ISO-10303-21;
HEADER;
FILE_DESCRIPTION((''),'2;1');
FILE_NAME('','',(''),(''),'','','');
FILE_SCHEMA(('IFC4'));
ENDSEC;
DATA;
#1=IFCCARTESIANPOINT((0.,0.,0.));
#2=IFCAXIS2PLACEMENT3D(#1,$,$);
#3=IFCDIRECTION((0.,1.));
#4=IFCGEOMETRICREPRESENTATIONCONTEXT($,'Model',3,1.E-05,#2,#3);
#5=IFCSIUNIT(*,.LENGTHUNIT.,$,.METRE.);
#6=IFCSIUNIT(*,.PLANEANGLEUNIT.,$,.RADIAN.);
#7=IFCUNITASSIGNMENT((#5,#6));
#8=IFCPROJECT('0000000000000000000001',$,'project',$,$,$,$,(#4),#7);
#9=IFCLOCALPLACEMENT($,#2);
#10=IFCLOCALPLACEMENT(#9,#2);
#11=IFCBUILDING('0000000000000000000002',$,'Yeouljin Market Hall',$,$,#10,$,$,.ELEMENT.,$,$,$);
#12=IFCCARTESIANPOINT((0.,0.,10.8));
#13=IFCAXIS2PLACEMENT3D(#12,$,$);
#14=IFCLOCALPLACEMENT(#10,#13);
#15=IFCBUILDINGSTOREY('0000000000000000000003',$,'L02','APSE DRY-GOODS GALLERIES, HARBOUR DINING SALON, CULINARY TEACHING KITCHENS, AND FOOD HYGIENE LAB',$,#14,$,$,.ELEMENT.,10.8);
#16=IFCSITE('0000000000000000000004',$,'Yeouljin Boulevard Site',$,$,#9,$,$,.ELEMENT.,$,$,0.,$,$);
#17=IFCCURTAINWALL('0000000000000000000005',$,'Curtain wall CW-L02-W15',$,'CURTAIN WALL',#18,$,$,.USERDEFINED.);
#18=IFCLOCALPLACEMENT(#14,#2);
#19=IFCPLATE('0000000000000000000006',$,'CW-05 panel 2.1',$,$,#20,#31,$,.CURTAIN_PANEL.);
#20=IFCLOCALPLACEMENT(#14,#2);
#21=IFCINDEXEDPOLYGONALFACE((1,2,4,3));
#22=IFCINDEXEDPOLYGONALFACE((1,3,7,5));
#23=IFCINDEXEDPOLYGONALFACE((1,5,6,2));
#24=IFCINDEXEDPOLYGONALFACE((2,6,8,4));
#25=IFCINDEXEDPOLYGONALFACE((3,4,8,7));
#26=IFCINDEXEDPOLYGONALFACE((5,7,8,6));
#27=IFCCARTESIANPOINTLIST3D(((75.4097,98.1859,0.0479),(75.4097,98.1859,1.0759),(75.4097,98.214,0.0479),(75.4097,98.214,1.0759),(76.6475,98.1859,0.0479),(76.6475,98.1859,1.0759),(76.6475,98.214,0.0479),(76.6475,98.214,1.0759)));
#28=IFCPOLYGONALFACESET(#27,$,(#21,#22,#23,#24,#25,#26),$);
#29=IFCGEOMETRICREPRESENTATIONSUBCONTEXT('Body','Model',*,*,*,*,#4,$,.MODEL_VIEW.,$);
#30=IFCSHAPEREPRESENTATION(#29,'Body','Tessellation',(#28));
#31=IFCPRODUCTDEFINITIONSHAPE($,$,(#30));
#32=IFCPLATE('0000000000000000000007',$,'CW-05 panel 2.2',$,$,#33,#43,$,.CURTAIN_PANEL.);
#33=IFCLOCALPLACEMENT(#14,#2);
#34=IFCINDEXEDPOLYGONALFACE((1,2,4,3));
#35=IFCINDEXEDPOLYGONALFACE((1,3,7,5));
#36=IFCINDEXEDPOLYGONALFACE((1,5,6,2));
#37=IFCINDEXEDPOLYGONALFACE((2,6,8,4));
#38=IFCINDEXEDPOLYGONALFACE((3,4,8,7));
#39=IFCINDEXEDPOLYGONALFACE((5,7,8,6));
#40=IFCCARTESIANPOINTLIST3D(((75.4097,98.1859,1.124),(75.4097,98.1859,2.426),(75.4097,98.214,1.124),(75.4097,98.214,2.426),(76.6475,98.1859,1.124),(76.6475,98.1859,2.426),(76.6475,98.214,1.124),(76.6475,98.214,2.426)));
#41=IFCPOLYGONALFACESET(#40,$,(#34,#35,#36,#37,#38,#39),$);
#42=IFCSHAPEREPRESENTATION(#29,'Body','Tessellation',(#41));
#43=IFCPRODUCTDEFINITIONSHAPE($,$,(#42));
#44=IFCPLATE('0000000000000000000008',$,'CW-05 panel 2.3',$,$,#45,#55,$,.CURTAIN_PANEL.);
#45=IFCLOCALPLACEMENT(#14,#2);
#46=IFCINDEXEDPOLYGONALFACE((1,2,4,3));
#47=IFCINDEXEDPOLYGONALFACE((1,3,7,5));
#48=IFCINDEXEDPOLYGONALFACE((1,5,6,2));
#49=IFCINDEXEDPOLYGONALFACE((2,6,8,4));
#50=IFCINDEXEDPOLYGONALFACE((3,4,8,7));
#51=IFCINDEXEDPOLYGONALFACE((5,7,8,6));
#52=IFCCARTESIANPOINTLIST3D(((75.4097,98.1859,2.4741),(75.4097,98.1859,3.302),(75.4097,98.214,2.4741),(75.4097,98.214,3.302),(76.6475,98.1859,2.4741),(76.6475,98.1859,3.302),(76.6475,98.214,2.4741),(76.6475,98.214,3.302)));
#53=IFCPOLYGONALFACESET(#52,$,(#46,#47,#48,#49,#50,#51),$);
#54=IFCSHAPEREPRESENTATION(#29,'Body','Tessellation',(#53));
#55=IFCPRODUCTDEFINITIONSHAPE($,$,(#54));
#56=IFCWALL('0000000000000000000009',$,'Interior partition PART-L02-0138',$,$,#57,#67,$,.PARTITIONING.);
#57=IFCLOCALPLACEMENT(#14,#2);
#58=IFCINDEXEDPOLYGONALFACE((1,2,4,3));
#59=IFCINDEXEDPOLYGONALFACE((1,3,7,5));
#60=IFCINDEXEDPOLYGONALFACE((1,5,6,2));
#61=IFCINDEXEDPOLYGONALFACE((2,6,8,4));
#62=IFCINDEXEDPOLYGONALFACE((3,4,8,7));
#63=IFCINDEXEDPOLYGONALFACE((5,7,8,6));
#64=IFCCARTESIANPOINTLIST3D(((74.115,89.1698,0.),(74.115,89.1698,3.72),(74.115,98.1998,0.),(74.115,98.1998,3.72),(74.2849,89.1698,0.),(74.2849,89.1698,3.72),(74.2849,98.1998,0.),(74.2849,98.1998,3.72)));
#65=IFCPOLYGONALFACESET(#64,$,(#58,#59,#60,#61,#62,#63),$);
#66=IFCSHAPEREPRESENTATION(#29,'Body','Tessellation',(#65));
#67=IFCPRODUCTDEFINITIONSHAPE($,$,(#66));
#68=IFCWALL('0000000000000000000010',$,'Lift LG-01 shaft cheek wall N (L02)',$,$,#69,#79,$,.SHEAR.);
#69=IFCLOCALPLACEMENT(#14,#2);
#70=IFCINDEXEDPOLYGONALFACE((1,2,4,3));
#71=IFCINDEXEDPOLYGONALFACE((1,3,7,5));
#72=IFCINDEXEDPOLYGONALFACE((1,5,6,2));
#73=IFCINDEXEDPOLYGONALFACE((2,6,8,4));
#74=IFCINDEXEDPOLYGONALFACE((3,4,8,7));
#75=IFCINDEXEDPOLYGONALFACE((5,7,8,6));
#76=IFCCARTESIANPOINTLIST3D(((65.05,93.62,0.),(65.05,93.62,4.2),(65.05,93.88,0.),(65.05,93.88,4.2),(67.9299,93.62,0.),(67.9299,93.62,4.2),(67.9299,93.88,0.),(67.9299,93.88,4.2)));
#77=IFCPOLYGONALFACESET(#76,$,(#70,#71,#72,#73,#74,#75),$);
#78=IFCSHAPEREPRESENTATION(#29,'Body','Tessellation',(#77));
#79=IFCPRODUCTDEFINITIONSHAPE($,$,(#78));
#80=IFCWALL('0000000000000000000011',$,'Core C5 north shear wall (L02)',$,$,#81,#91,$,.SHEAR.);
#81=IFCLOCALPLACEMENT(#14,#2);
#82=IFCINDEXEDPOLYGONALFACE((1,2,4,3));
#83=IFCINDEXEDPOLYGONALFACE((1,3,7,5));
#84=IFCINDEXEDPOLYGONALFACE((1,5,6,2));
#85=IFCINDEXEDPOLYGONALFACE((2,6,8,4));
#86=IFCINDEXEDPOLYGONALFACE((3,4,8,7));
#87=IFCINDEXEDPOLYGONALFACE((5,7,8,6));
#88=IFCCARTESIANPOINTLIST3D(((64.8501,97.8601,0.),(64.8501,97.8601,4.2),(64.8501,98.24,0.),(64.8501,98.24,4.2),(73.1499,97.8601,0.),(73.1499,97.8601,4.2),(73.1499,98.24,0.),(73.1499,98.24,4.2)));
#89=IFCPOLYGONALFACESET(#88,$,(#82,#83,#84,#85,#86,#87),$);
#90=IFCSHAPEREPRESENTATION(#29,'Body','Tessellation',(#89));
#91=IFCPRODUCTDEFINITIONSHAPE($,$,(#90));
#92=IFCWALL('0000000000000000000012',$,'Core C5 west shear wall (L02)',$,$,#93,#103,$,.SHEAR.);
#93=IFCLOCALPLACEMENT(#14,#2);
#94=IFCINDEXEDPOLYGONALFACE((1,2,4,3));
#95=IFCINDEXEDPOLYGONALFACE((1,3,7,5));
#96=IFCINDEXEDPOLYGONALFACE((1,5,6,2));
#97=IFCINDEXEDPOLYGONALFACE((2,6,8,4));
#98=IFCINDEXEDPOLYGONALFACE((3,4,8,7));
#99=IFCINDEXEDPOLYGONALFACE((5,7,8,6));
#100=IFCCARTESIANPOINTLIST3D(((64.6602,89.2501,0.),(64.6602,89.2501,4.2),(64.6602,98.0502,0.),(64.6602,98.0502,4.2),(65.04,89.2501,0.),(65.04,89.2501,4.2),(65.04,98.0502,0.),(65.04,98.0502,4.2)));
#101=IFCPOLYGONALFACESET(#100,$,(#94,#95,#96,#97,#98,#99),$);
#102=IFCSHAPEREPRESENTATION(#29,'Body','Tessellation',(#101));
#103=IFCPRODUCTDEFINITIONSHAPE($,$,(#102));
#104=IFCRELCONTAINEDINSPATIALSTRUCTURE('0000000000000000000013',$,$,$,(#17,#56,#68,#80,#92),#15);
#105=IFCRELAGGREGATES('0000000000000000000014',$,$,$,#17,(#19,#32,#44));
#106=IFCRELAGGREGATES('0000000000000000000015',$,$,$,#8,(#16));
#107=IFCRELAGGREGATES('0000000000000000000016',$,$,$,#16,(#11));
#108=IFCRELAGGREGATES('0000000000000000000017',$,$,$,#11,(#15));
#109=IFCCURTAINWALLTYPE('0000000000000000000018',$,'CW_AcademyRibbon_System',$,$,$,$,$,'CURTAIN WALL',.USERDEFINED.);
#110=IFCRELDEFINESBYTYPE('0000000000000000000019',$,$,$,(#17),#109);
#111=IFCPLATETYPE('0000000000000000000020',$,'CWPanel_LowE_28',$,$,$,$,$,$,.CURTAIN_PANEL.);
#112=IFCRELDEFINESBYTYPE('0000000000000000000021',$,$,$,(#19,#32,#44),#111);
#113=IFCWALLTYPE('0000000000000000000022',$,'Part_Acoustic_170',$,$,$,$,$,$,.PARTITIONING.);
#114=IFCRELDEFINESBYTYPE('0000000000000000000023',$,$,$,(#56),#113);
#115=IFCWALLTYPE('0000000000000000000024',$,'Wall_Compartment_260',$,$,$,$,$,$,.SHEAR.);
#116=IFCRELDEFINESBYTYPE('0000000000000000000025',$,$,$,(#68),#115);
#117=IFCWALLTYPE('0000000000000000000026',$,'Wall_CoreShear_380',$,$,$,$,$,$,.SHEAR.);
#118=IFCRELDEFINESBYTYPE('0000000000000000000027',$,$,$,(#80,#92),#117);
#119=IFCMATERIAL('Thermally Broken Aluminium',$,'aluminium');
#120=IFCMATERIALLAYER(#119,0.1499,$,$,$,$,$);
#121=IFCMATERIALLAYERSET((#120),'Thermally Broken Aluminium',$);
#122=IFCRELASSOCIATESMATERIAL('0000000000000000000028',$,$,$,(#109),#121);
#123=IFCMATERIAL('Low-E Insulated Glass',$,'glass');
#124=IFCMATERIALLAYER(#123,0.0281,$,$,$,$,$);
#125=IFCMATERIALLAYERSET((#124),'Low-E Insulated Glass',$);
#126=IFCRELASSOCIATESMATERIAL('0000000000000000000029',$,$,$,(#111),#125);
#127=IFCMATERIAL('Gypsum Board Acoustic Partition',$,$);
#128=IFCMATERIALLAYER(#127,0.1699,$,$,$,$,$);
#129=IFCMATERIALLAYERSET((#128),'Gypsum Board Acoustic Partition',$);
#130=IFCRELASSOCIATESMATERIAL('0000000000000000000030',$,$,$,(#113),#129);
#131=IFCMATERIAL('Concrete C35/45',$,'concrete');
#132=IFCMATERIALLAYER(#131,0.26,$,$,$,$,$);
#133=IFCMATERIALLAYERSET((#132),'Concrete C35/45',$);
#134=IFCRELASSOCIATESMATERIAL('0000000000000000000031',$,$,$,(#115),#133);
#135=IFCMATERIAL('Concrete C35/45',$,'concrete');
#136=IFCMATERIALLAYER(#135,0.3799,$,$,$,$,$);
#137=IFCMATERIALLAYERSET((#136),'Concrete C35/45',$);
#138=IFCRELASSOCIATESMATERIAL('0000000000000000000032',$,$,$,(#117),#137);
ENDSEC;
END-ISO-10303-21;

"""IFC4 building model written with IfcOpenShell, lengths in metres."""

from ifc_helpers import new_model, si_unit, direction, frame, frame_2d, origin, origin_2d, place, context, subcontext, project, spatial, rectangle, extrude, material, layer, layer_set, type_object, element, aggregate, save


model = new_model("IFC4")

# Units and contexts
model_context = context("Model", 3, precision=1e-05, world=origin(), true_north=direction((0.0, 1.0)))
body_context = subcontext(model_context, "Body", "Model", "MODEL_VIEW")
ifc_project = project(units=[si_unit("LENGTHUNIT", "METRE"), si_unit("PLANEANGLEUNIT", "RADIAN")], contexts=[model_context])

# Site, building, storey
site_placement = place(None, origin())
site = spatial("IfcSite", under=ifc_project, at=site_placement, Name="Yeouljin Boulevard Site", CompositionType="ELEMENT", RefElevation=0.0)
building_placement = place(site_placement, origin())
building = spatial("IfcBuilding", under=site, at=building_placement, Name="Yeouljin Market Hall", CompositionType="ELEMENT")
storey_placement = place(building_placement, frame((0.0, 0.0, 10.8)))
storey = spatial("IfcBuildingStorey", under=building, at=storey_placement, Name="L02", Description="APSE DRY-GOODS GALLERIES, HARBOUR DINING SALON, CULINARY TEACHING KITCHENS, AND FOOD HYGIENE LAB", CompositionType="ELEMENT", Elevation=10.8)

# Curtain wall, plates
ifc_material_1 = material(Name="Thermally Broken Aluminium", Category="aluminium")
ifc_layer_1 = layer(ifc_material_1, 0.1499)
ifc_layer_set_1 = layer_set([ifc_layer_1], Name="Thermally Broken Aluminium")
curtain_wall_type = type_object("IfcCurtainWallType", Name="CW_AcademyRibbon_System", ElementType="CURTAIN WALL", PredefinedType="USERDEFINED", material=ifc_layer_set_1)
curtain_wall_placement = place(storey_placement, origin())
curtain_wall = element("IfcCurtainWall", 1, at=curtain_wall_placement, inside=storey, type_object=curtain_wall_type, Name="Curtain wall CW-L02-W15", ObjectType="CURTAIN WALL", PredefinedType="USERDEFINED")
ifc_material_2 = material(Name="Low-E Insulated Glass", Category="glass")
ifc_layer_2 = layer(ifc_material_2, 0.0281)
ifc_layer_set_2 = layer_set([ifc_layer_2], Name="Low-E Insulated Glass")
plate_type = type_object("IfcPlateType", Name="CWPanel_LowE_28", PredefinedType="CURTAIN_PANEL", material=ifc_layer_set_2)
plate_1_placement = place(storey_placement, frame((76.0286, 98.2, 0.0479), z_axis=(0.0, 0.0, 1.0), x_axis=(1.0, 0.0, 0.0)))
plate_1 = element("IfcPlate", 2, at=plate_1_placement, type_object=plate_type, Name="CW-05 panel 2.1", PredefinedType="CURTAIN_PANEL", context=body_context, shape_type="SweptSolid", body=[
    extrude(rectangle(XDim=1.2378, YDim=0.0281, at=origin_2d()), origin(), (0.0, 0.0, 1.0), 1.0281),
])
plate_2_placement = place(storey_placement, frame((76.0286, 98.2, 1.124), z_axis=(0.0, 0.0, 1.0), x_axis=(1.0, 0.0, 0.0)))
plate_2 = element("IfcPlate", 3, at=plate_2_placement, type_object=plate_type, Name="CW-05 panel 2.2", PredefinedType="CURTAIN_PANEL", context=body_context, shape_type="SweptSolid", body=[
    extrude(rectangle(XDim=1.2378, YDim=0.0281, at=origin_2d()), origin(), (0.0, 0.0, 1.0), 1.302),
])
plate_3_placement = place(storey_placement, frame((76.0286, 98.2, 2.4741), z_axis=(0.0, 0.0, 1.0), x_axis=(1.0, 0.0, 0.0)))
plate_3 = element("IfcPlate", 4, at=plate_3_placement, type_object=plate_type, Name="CW-05 panel 2.3", PredefinedType="CURTAIN_PANEL", context=body_context, shape_type="SweptSolid", body=[
    extrude(rectangle(XDim=1.2378, YDim=0.0281, at=origin_2d()), origin(), (0.0, 0.0, 1.0), 0.8279),
])
aggregate(curtain_wall, [plate_1, plate_2, plate_3])

# Walls
ifc_material_3 = material(Name="Gypsum Board Acoustic Partition")
ifc_layer_3 = layer(ifc_material_3, 0.1699)
ifc_layer_set_3 = layer_set([ifc_layer_3], Name="Gypsum Board Acoustic Partition")
wall_type_1 = type_object("IfcWallType", Name="Part_Acoustic_170", PredefinedType="PARTITIONING", material=ifc_layer_set_3)
wall_1_placement = place(storey_placement, frame((74.2, 98.2, 0.0), z_axis=(0.0, 0.0, 1.0), x_axis=(0.0, -1.0, 0.0)))
element("IfcWall", 5, at=wall_1_placement, inside=storey, type_object=wall_type_1, Name="Interior partition PART-L02-0138", PredefinedType="PARTITIONING", context=body_context, shape_type="SweptSolid", body=[
    extrude(rectangle(XDim=9.03, YDim=0.1699, at=frame_2d((4.5151, 0.0))), origin(), (0.0, 0.0, 1.0), 3.72),
])
ifc_material_4 = material(Name="Concrete C35/45", Category="concrete")
ifc_layer_4 = layer(ifc_material_4, 0.26)
ifc_layer_set_4 = layer_set([ifc_layer_4], Name="Concrete C35/45")
wall_type_2 = type_object("IfcWallType", Name="Wall_Compartment_260", PredefinedType="SHEAR", material=ifc_layer_set_4)
wall_2_placement = place(storey_placement, frame((65.05, 93.75, 0.0), z_axis=(0.0, 0.0, 1.0), x_axis=(1.0, 0.0, 0.0)))
element("IfcWall", 6, at=wall_2_placement, inside=storey, type_object=wall_type_2, Name="Lift LG-01 shaft cheek wall N (L02)", PredefinedType="SHEAR", context=body_context, shape_type="SweptSolid", body=[
    extrude(rectangle(XDim=2.8799, YDim=0.26, at=frame_2d((1.4399, 0.0))), origin(), (0.0, 0.0, 1.0), 4.2),
])
ifc_material_5 = material(Name="Concrete C35/45", Category="concrete")
ifc_layer_5 = layer(ifc_material_5, 0.3799)
ifc_layer_set_5 = layer_set([ifc_layer_5], Name="Concrete C35/45")
wall_type_3 = type_object("IfcWallType", Name="Wall_CoreShear_380", PredefinedType="SHEAR", material=ifc_layer_set_5)
wall_3_placement = place(storey_placement, frame((73.1499, 98.05, 0.0), z_axis=(0.0, 0.0, 1.0), x_axis=(-1.0, 0.0, 0.0)))
element("IfcWall", 7, at=wall_3_placement, inside=storey, type_object=wall_type_3, Name="Core C5 north shear wall (L02)", PredefinedType="SHEAR", context=body_context, shape_type="SweptSolid", body=[
    extrude(rectangle(XDim=8.2998, YDim=0.3799, at=frame_2d((4.1499, 0.0))), origin(), (0.0, 0.0, 1.0), 4.2),
])
wall_4_placement = place(storey_placement, frame((64.8501, 98.05, 0.0), z_axis=(0.0, 0.0, 1.0), x_axis=(0.0, -1.0, 0.0)))
element("IfcWall", 8, at=wall_4_placement, inside=storey, type_object=wall_type_3, Name="Core C5 west shear wall (L02)", PredefinedType="SHEAR", context=body_context, shape_type="SweptSolid", body=[
    extrude(rectangle(XDim=8.8, YDim=0.3799, at=frame_2d((4.3999, 0.0))), origin(), (0.0, 0.0, 1.0), 4.2),
])

save(model, "model.ifc")
